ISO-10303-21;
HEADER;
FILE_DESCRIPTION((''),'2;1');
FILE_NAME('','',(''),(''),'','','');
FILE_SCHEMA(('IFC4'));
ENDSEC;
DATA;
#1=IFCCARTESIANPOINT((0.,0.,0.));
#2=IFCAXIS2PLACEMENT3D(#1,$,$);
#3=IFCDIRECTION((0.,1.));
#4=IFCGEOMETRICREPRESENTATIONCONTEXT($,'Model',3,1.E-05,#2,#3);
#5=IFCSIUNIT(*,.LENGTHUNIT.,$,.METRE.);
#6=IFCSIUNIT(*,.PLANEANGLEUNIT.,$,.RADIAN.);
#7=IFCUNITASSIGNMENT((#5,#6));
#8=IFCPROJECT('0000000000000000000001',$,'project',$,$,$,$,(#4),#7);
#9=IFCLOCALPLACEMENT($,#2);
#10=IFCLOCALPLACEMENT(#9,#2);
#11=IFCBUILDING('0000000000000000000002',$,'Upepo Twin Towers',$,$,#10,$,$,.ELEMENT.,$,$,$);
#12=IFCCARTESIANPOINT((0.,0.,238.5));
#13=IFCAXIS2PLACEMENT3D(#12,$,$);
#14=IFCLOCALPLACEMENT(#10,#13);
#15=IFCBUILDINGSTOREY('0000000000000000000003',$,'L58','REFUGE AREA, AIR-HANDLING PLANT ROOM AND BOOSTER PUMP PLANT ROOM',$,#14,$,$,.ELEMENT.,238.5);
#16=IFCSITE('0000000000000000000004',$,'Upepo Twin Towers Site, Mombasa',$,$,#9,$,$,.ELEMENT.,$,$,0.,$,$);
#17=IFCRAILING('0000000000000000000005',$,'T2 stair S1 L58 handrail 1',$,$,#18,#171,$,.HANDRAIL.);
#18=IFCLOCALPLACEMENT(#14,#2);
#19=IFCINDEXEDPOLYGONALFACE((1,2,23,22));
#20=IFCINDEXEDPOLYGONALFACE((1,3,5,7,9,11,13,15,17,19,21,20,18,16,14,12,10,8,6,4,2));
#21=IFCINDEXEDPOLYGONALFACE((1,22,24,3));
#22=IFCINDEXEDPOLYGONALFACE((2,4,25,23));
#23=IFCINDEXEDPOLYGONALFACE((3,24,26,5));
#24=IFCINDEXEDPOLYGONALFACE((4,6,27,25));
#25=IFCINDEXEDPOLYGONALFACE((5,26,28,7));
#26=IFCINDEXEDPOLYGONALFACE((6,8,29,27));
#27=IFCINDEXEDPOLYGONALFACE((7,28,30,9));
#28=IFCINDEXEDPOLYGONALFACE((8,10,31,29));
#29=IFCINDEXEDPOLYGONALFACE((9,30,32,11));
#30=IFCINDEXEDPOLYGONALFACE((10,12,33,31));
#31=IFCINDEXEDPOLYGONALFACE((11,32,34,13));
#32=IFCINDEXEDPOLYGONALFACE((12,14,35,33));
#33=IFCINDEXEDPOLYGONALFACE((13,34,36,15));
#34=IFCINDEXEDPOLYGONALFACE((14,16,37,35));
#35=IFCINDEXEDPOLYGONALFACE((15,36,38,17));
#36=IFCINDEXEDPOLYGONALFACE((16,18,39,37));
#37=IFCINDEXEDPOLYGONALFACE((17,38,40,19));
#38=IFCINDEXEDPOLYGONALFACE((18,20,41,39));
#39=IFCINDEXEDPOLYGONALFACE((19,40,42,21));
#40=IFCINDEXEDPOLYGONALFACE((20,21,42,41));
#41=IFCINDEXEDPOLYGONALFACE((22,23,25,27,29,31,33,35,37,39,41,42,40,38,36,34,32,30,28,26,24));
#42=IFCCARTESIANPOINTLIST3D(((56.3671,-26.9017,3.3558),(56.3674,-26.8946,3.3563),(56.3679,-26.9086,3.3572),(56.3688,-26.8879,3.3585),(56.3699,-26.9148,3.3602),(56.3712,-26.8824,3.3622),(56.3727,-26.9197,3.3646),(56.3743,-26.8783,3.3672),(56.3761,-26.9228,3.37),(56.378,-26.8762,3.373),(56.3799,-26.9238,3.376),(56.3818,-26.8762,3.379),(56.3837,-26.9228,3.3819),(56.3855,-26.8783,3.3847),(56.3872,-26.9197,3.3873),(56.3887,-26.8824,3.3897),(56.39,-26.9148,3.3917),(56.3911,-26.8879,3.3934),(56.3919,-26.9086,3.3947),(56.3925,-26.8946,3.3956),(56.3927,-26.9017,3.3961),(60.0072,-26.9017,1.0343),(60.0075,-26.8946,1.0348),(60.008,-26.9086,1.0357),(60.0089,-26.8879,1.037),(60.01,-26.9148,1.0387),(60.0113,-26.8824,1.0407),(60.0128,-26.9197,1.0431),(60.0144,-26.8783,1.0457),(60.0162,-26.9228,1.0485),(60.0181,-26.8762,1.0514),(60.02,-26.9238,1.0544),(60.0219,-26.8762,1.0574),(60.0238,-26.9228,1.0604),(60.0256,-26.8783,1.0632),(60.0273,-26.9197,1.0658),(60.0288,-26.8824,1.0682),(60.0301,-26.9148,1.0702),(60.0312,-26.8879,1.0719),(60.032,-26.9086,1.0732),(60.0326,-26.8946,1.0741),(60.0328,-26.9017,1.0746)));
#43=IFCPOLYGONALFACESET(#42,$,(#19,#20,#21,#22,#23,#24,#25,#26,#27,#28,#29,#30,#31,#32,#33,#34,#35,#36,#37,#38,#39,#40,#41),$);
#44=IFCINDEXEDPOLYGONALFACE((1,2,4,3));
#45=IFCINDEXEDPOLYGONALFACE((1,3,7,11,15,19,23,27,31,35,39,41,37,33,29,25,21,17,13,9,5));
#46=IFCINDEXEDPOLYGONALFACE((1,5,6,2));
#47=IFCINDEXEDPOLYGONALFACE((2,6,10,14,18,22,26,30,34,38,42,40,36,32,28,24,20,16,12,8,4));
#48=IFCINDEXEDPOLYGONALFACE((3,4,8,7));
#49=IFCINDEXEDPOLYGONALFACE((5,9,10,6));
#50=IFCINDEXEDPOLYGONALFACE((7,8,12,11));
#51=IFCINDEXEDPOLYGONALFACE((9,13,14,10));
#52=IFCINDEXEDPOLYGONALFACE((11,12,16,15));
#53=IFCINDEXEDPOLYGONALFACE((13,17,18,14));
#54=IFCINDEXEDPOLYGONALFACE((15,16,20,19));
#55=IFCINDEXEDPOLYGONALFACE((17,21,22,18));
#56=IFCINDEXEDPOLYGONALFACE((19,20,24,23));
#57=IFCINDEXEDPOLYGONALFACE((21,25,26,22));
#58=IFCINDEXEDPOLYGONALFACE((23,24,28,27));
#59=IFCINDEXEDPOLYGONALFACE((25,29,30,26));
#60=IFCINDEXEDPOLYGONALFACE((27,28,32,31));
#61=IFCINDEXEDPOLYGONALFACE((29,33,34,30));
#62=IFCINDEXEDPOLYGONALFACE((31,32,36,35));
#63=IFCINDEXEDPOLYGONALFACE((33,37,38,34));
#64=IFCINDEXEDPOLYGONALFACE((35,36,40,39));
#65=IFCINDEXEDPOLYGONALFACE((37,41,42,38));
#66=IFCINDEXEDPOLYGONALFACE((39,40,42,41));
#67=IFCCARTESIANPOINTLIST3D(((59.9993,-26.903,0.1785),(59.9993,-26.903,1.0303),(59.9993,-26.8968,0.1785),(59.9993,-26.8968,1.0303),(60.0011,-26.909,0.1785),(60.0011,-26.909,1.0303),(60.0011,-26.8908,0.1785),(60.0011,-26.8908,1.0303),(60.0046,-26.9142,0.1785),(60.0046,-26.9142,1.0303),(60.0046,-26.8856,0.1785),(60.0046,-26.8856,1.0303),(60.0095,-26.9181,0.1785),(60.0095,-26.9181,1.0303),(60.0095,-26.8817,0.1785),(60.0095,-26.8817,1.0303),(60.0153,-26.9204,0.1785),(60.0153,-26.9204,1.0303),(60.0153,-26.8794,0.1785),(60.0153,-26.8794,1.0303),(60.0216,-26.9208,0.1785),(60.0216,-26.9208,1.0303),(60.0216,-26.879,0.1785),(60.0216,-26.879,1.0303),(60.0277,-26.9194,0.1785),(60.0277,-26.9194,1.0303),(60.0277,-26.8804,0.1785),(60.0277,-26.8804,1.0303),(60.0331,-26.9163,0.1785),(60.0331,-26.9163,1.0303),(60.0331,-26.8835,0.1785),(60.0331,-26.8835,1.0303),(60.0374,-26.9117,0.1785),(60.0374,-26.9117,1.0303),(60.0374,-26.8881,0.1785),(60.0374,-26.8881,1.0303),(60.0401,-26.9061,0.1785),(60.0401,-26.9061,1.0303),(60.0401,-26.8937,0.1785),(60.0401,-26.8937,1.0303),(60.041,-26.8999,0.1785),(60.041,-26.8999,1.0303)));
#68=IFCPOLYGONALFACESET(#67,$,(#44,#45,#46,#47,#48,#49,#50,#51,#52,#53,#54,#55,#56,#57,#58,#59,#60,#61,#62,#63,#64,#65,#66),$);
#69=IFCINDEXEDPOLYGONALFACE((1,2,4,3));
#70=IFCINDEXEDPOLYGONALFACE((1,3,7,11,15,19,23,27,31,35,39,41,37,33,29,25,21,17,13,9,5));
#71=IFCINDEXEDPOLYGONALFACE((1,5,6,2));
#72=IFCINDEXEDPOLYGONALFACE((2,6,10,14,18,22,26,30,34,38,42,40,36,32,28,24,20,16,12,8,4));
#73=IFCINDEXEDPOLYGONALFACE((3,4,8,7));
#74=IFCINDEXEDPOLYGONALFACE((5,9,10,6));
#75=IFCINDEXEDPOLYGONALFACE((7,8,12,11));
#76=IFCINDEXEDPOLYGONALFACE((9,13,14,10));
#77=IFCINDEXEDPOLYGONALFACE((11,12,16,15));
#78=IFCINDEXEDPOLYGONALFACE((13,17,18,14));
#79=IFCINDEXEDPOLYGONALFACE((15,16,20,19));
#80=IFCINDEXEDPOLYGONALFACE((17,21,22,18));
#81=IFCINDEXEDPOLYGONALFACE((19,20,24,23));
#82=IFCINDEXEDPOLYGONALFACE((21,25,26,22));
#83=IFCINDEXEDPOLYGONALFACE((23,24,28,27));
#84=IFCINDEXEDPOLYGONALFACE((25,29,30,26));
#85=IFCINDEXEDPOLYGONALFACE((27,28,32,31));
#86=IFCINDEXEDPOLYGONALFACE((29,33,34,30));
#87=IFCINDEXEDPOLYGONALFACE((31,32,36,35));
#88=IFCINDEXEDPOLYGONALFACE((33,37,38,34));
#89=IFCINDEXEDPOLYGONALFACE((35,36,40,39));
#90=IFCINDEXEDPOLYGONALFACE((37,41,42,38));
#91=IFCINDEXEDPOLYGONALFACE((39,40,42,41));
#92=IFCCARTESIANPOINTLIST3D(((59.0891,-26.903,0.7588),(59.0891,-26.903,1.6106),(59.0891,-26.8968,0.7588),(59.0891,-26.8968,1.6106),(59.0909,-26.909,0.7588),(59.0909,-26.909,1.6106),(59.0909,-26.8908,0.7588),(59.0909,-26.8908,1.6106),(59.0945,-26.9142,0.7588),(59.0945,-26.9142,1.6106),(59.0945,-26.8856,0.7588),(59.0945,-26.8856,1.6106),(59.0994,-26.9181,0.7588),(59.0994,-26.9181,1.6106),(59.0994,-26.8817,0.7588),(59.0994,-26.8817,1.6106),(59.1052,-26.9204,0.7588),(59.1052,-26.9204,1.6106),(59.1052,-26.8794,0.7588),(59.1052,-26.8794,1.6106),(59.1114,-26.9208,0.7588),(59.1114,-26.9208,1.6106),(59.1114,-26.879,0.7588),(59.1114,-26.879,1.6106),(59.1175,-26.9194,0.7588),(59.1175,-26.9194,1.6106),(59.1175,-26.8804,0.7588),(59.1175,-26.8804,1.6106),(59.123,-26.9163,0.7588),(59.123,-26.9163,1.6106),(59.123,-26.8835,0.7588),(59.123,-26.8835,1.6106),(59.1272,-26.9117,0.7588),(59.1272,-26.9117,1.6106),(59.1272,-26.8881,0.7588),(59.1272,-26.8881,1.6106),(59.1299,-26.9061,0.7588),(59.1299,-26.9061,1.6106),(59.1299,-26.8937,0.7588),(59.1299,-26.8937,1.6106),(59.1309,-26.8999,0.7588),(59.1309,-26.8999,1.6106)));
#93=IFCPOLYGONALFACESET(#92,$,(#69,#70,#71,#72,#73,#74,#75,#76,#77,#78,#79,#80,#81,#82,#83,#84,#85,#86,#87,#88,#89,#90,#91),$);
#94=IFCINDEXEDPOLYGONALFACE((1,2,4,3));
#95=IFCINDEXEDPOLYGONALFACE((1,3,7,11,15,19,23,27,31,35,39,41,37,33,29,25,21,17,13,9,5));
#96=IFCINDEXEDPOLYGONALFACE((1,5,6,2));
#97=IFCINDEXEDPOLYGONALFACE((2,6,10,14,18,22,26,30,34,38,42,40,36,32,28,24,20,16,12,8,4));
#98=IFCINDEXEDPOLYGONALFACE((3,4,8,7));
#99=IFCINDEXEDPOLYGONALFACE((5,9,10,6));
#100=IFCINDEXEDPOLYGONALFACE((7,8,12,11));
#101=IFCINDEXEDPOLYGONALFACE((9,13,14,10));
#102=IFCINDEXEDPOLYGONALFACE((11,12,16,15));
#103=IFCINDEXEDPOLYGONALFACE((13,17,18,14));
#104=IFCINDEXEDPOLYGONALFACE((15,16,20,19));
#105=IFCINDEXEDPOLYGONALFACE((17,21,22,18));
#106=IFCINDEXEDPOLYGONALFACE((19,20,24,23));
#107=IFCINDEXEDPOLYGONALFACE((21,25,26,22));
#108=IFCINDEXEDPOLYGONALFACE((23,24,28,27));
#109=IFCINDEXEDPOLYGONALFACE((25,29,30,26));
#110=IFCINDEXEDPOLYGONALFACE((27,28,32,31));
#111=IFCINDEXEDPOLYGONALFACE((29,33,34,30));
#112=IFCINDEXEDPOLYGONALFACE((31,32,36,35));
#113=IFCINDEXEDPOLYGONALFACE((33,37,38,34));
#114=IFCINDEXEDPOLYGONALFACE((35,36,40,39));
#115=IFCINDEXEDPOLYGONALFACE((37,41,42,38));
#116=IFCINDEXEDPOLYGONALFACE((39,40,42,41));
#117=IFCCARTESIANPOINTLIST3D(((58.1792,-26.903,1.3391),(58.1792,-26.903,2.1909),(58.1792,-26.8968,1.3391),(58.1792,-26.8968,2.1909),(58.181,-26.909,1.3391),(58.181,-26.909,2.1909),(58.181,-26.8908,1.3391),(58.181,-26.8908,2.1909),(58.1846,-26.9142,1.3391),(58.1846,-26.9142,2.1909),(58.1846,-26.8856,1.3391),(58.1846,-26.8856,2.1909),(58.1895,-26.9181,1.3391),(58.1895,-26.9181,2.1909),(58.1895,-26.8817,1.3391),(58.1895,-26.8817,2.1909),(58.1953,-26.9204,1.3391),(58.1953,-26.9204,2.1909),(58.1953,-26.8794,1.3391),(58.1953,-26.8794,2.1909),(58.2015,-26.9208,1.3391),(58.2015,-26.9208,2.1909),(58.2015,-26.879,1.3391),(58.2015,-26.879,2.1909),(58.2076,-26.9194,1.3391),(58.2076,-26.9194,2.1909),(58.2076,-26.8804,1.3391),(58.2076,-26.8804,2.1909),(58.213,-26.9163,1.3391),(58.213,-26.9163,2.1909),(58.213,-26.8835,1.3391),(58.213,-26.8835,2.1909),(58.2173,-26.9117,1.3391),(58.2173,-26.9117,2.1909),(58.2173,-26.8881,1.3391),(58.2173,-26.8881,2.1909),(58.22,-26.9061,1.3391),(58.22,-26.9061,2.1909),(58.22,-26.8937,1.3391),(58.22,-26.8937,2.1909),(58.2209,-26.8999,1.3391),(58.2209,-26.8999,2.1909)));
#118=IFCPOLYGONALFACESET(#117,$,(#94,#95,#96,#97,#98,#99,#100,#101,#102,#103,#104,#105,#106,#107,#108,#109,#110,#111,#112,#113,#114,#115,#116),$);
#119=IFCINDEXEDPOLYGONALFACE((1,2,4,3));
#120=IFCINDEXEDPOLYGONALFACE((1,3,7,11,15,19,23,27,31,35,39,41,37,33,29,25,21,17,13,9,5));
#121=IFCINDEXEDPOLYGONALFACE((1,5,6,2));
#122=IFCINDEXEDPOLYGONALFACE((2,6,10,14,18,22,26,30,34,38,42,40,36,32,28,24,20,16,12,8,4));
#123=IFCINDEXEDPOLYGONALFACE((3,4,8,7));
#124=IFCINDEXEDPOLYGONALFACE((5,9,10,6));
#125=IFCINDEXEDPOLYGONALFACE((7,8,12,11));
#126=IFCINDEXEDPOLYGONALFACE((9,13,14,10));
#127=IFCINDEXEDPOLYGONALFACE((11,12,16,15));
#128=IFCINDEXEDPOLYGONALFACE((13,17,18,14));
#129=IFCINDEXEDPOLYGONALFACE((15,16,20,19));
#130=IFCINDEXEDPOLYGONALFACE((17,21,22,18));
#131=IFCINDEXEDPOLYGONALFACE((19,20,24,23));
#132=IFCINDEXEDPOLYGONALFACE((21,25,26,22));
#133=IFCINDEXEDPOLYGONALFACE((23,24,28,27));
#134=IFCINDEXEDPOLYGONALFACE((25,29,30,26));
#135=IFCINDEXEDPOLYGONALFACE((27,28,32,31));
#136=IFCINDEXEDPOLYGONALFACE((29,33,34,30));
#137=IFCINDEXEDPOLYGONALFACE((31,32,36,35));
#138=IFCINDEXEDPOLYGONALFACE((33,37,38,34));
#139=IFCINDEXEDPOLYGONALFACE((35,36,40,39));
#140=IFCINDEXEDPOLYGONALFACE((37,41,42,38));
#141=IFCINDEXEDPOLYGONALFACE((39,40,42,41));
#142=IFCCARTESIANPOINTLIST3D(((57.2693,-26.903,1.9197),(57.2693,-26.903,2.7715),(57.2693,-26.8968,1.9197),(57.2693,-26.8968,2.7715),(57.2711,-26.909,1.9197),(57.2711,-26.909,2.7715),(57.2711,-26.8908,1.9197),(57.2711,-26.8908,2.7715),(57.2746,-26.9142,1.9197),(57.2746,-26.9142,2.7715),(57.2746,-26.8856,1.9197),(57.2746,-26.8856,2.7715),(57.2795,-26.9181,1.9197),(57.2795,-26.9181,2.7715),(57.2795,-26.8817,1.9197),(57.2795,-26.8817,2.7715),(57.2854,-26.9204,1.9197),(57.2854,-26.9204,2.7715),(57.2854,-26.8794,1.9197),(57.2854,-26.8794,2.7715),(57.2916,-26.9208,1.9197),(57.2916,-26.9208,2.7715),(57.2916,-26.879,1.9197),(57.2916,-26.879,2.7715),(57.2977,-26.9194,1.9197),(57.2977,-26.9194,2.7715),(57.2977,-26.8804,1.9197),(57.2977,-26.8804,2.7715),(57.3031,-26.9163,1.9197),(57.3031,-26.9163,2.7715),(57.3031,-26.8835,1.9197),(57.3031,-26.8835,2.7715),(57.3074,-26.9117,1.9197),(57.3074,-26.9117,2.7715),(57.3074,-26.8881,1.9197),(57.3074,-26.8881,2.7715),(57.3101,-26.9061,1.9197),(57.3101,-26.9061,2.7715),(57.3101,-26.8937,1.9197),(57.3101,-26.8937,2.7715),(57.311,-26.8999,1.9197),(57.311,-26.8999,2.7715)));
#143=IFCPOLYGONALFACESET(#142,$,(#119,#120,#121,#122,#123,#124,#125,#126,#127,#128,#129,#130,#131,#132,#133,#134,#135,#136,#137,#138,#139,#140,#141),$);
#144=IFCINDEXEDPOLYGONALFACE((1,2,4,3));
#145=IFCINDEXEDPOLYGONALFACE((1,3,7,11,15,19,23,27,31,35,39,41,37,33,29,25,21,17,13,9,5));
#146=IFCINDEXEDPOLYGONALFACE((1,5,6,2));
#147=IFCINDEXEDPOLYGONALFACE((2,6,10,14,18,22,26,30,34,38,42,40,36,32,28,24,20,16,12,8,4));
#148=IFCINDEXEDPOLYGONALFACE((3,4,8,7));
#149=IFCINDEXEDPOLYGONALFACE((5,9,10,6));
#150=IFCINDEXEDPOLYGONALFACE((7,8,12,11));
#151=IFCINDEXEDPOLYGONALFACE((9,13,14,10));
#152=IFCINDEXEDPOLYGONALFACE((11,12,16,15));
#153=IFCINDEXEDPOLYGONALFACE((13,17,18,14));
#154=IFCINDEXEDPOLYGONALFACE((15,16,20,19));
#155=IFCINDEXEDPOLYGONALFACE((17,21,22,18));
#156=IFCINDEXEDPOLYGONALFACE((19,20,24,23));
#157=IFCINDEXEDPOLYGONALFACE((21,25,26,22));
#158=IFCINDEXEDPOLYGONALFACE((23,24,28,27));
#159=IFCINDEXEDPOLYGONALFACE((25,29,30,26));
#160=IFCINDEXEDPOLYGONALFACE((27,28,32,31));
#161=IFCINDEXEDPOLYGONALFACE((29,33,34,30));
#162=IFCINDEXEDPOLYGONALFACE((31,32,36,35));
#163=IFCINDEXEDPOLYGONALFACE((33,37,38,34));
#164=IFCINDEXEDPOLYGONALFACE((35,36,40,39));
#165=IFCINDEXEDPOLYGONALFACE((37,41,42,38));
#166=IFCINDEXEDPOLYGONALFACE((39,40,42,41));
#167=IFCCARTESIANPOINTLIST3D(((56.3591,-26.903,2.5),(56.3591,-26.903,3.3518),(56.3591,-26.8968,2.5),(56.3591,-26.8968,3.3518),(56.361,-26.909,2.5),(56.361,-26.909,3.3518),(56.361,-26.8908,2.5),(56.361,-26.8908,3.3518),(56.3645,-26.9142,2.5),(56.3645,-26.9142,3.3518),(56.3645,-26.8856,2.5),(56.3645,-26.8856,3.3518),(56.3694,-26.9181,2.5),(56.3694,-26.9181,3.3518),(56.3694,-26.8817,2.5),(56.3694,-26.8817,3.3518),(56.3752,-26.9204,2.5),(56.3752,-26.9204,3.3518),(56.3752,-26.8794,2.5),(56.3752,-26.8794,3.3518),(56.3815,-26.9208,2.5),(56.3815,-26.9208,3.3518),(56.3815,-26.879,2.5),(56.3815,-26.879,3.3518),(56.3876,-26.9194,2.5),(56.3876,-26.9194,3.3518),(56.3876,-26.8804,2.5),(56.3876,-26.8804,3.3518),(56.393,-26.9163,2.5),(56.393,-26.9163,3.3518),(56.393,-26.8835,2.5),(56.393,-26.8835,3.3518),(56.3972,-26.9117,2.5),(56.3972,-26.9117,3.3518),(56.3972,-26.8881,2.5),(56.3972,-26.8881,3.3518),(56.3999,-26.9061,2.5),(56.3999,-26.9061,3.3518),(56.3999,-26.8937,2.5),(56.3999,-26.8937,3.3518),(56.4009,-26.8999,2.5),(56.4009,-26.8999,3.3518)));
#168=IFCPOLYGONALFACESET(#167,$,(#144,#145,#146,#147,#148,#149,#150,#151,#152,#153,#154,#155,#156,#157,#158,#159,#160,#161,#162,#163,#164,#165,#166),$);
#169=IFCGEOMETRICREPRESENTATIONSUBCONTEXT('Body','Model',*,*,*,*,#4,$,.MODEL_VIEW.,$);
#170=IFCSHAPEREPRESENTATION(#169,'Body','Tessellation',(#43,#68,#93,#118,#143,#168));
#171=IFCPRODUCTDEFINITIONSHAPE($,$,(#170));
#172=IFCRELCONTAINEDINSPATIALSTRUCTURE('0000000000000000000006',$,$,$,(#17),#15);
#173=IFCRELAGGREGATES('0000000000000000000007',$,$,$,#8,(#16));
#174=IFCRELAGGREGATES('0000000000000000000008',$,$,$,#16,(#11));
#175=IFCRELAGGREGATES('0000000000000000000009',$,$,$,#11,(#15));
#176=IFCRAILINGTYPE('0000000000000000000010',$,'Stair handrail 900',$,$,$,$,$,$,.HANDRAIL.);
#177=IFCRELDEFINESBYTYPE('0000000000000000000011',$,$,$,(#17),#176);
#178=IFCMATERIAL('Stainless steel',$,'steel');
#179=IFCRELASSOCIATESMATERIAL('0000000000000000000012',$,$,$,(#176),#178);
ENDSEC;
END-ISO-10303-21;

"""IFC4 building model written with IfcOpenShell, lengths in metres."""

from ifc_helpers import new_model, si_unit, direction, frame, origin, origin_2d, place, context, subcontext, project, spatial, circle, extrude, material, type_object, element, save


model = new_model("IFC4")

# Units and contexts
model_context = context("Model", 3, precision=1e-05, world=origin(), true_north=direction((0.0, 1.0)))
body_context = subcontext(model_context, "Body", "Model", "MODEL_VIEW")
ifc_project = project(units=[si_unit("LENGTHUNIT", "METRE"), si_unit("PLANEANGLEUNIT", "RADIAN")], contexts=[model_context])

# Site, building, storey
site_placement = place(None, origin())
site = spatial("IfcSite", under=ifc_project, at=site_placement, Name="Upepo Twin Towers Site, Mombasa", CompositionType="ELEMENT", RefElevation=0.0)
building_placement = place(site_placement, origin())
building = spatial("IfcBuilding", under=site, at=building_placement, Name="Upepo Twin Towers", CompositionType="ELEMENT")
storey_placement = place(building_placement, frame((0.0, 0.0, 238.5)))
storey = spatial("IfcBuildingStorey", under=building, at=storey_placement, Name="L58", Description="REFUGE AREA, AIR-HANDLING PLANT ROOM AND BOOSTER PUMP PLANT ROOM", CompositionType="ELEMENT", Elevation=238.5)

# Railing
ifc_material_1 = material(Name="Stainless steel", Category="steel")
railing_type = type_object("IfcRailingType", Name="Stair handrail 900", PredefinedType="HANDRAIL", material=ifc_material_1)
railing_1_placement = place(storey_placement, frame((60.02, -26.8999, 0.1785)))
element("IfcRailing", 1, at=railing_1_placement, inside=storey, type_object=railing_type, Name="T2 stair S1 L58 handrail 1", PredefinedType="HANDRAIL", context=body_context, shape_type="SweptSolid", body=[
    extrude(circle(Radius=0.0239, at=origin_2d()), frame((0.0, 0.0, 0.876), z_axis=(-0.843128, 0.0, 0.537713), x_axis=(0.0, -1.0, 0.0)), (0.0, 0.0, 1.0), 4.3174),
    extrude(circle(Radius=0.021, at=origin_2d()), origin(), (0.0, 0.0, 1.0), 0.8518),
    extrude(circle(Radius=0.021, at=origin_2d()), frame((-0.9102, 0.0, 0.5803)), (0.0, 0.0, 1.0), 0.8518),
    extrude(circle(Radius=0.021, at=origin_2d()), frame((-1.8201, 0.0, 1.1606)), (0.0, 0.0, 1.0), 0.8518),
    extrude(circle(Radius=0.021, at=origin_2d()), frame((-2.73, 0.0, 1.7412)), (0.0, 0.0, 1.0), 0.8518),
    extrude(circle(Radius=0.021, at=origin_2d()), frame((-3.6401, 0.0, 2.3215)), (0.0, 0.0, 1.0), 0.8518),
])

save(model, "model.ifc")
